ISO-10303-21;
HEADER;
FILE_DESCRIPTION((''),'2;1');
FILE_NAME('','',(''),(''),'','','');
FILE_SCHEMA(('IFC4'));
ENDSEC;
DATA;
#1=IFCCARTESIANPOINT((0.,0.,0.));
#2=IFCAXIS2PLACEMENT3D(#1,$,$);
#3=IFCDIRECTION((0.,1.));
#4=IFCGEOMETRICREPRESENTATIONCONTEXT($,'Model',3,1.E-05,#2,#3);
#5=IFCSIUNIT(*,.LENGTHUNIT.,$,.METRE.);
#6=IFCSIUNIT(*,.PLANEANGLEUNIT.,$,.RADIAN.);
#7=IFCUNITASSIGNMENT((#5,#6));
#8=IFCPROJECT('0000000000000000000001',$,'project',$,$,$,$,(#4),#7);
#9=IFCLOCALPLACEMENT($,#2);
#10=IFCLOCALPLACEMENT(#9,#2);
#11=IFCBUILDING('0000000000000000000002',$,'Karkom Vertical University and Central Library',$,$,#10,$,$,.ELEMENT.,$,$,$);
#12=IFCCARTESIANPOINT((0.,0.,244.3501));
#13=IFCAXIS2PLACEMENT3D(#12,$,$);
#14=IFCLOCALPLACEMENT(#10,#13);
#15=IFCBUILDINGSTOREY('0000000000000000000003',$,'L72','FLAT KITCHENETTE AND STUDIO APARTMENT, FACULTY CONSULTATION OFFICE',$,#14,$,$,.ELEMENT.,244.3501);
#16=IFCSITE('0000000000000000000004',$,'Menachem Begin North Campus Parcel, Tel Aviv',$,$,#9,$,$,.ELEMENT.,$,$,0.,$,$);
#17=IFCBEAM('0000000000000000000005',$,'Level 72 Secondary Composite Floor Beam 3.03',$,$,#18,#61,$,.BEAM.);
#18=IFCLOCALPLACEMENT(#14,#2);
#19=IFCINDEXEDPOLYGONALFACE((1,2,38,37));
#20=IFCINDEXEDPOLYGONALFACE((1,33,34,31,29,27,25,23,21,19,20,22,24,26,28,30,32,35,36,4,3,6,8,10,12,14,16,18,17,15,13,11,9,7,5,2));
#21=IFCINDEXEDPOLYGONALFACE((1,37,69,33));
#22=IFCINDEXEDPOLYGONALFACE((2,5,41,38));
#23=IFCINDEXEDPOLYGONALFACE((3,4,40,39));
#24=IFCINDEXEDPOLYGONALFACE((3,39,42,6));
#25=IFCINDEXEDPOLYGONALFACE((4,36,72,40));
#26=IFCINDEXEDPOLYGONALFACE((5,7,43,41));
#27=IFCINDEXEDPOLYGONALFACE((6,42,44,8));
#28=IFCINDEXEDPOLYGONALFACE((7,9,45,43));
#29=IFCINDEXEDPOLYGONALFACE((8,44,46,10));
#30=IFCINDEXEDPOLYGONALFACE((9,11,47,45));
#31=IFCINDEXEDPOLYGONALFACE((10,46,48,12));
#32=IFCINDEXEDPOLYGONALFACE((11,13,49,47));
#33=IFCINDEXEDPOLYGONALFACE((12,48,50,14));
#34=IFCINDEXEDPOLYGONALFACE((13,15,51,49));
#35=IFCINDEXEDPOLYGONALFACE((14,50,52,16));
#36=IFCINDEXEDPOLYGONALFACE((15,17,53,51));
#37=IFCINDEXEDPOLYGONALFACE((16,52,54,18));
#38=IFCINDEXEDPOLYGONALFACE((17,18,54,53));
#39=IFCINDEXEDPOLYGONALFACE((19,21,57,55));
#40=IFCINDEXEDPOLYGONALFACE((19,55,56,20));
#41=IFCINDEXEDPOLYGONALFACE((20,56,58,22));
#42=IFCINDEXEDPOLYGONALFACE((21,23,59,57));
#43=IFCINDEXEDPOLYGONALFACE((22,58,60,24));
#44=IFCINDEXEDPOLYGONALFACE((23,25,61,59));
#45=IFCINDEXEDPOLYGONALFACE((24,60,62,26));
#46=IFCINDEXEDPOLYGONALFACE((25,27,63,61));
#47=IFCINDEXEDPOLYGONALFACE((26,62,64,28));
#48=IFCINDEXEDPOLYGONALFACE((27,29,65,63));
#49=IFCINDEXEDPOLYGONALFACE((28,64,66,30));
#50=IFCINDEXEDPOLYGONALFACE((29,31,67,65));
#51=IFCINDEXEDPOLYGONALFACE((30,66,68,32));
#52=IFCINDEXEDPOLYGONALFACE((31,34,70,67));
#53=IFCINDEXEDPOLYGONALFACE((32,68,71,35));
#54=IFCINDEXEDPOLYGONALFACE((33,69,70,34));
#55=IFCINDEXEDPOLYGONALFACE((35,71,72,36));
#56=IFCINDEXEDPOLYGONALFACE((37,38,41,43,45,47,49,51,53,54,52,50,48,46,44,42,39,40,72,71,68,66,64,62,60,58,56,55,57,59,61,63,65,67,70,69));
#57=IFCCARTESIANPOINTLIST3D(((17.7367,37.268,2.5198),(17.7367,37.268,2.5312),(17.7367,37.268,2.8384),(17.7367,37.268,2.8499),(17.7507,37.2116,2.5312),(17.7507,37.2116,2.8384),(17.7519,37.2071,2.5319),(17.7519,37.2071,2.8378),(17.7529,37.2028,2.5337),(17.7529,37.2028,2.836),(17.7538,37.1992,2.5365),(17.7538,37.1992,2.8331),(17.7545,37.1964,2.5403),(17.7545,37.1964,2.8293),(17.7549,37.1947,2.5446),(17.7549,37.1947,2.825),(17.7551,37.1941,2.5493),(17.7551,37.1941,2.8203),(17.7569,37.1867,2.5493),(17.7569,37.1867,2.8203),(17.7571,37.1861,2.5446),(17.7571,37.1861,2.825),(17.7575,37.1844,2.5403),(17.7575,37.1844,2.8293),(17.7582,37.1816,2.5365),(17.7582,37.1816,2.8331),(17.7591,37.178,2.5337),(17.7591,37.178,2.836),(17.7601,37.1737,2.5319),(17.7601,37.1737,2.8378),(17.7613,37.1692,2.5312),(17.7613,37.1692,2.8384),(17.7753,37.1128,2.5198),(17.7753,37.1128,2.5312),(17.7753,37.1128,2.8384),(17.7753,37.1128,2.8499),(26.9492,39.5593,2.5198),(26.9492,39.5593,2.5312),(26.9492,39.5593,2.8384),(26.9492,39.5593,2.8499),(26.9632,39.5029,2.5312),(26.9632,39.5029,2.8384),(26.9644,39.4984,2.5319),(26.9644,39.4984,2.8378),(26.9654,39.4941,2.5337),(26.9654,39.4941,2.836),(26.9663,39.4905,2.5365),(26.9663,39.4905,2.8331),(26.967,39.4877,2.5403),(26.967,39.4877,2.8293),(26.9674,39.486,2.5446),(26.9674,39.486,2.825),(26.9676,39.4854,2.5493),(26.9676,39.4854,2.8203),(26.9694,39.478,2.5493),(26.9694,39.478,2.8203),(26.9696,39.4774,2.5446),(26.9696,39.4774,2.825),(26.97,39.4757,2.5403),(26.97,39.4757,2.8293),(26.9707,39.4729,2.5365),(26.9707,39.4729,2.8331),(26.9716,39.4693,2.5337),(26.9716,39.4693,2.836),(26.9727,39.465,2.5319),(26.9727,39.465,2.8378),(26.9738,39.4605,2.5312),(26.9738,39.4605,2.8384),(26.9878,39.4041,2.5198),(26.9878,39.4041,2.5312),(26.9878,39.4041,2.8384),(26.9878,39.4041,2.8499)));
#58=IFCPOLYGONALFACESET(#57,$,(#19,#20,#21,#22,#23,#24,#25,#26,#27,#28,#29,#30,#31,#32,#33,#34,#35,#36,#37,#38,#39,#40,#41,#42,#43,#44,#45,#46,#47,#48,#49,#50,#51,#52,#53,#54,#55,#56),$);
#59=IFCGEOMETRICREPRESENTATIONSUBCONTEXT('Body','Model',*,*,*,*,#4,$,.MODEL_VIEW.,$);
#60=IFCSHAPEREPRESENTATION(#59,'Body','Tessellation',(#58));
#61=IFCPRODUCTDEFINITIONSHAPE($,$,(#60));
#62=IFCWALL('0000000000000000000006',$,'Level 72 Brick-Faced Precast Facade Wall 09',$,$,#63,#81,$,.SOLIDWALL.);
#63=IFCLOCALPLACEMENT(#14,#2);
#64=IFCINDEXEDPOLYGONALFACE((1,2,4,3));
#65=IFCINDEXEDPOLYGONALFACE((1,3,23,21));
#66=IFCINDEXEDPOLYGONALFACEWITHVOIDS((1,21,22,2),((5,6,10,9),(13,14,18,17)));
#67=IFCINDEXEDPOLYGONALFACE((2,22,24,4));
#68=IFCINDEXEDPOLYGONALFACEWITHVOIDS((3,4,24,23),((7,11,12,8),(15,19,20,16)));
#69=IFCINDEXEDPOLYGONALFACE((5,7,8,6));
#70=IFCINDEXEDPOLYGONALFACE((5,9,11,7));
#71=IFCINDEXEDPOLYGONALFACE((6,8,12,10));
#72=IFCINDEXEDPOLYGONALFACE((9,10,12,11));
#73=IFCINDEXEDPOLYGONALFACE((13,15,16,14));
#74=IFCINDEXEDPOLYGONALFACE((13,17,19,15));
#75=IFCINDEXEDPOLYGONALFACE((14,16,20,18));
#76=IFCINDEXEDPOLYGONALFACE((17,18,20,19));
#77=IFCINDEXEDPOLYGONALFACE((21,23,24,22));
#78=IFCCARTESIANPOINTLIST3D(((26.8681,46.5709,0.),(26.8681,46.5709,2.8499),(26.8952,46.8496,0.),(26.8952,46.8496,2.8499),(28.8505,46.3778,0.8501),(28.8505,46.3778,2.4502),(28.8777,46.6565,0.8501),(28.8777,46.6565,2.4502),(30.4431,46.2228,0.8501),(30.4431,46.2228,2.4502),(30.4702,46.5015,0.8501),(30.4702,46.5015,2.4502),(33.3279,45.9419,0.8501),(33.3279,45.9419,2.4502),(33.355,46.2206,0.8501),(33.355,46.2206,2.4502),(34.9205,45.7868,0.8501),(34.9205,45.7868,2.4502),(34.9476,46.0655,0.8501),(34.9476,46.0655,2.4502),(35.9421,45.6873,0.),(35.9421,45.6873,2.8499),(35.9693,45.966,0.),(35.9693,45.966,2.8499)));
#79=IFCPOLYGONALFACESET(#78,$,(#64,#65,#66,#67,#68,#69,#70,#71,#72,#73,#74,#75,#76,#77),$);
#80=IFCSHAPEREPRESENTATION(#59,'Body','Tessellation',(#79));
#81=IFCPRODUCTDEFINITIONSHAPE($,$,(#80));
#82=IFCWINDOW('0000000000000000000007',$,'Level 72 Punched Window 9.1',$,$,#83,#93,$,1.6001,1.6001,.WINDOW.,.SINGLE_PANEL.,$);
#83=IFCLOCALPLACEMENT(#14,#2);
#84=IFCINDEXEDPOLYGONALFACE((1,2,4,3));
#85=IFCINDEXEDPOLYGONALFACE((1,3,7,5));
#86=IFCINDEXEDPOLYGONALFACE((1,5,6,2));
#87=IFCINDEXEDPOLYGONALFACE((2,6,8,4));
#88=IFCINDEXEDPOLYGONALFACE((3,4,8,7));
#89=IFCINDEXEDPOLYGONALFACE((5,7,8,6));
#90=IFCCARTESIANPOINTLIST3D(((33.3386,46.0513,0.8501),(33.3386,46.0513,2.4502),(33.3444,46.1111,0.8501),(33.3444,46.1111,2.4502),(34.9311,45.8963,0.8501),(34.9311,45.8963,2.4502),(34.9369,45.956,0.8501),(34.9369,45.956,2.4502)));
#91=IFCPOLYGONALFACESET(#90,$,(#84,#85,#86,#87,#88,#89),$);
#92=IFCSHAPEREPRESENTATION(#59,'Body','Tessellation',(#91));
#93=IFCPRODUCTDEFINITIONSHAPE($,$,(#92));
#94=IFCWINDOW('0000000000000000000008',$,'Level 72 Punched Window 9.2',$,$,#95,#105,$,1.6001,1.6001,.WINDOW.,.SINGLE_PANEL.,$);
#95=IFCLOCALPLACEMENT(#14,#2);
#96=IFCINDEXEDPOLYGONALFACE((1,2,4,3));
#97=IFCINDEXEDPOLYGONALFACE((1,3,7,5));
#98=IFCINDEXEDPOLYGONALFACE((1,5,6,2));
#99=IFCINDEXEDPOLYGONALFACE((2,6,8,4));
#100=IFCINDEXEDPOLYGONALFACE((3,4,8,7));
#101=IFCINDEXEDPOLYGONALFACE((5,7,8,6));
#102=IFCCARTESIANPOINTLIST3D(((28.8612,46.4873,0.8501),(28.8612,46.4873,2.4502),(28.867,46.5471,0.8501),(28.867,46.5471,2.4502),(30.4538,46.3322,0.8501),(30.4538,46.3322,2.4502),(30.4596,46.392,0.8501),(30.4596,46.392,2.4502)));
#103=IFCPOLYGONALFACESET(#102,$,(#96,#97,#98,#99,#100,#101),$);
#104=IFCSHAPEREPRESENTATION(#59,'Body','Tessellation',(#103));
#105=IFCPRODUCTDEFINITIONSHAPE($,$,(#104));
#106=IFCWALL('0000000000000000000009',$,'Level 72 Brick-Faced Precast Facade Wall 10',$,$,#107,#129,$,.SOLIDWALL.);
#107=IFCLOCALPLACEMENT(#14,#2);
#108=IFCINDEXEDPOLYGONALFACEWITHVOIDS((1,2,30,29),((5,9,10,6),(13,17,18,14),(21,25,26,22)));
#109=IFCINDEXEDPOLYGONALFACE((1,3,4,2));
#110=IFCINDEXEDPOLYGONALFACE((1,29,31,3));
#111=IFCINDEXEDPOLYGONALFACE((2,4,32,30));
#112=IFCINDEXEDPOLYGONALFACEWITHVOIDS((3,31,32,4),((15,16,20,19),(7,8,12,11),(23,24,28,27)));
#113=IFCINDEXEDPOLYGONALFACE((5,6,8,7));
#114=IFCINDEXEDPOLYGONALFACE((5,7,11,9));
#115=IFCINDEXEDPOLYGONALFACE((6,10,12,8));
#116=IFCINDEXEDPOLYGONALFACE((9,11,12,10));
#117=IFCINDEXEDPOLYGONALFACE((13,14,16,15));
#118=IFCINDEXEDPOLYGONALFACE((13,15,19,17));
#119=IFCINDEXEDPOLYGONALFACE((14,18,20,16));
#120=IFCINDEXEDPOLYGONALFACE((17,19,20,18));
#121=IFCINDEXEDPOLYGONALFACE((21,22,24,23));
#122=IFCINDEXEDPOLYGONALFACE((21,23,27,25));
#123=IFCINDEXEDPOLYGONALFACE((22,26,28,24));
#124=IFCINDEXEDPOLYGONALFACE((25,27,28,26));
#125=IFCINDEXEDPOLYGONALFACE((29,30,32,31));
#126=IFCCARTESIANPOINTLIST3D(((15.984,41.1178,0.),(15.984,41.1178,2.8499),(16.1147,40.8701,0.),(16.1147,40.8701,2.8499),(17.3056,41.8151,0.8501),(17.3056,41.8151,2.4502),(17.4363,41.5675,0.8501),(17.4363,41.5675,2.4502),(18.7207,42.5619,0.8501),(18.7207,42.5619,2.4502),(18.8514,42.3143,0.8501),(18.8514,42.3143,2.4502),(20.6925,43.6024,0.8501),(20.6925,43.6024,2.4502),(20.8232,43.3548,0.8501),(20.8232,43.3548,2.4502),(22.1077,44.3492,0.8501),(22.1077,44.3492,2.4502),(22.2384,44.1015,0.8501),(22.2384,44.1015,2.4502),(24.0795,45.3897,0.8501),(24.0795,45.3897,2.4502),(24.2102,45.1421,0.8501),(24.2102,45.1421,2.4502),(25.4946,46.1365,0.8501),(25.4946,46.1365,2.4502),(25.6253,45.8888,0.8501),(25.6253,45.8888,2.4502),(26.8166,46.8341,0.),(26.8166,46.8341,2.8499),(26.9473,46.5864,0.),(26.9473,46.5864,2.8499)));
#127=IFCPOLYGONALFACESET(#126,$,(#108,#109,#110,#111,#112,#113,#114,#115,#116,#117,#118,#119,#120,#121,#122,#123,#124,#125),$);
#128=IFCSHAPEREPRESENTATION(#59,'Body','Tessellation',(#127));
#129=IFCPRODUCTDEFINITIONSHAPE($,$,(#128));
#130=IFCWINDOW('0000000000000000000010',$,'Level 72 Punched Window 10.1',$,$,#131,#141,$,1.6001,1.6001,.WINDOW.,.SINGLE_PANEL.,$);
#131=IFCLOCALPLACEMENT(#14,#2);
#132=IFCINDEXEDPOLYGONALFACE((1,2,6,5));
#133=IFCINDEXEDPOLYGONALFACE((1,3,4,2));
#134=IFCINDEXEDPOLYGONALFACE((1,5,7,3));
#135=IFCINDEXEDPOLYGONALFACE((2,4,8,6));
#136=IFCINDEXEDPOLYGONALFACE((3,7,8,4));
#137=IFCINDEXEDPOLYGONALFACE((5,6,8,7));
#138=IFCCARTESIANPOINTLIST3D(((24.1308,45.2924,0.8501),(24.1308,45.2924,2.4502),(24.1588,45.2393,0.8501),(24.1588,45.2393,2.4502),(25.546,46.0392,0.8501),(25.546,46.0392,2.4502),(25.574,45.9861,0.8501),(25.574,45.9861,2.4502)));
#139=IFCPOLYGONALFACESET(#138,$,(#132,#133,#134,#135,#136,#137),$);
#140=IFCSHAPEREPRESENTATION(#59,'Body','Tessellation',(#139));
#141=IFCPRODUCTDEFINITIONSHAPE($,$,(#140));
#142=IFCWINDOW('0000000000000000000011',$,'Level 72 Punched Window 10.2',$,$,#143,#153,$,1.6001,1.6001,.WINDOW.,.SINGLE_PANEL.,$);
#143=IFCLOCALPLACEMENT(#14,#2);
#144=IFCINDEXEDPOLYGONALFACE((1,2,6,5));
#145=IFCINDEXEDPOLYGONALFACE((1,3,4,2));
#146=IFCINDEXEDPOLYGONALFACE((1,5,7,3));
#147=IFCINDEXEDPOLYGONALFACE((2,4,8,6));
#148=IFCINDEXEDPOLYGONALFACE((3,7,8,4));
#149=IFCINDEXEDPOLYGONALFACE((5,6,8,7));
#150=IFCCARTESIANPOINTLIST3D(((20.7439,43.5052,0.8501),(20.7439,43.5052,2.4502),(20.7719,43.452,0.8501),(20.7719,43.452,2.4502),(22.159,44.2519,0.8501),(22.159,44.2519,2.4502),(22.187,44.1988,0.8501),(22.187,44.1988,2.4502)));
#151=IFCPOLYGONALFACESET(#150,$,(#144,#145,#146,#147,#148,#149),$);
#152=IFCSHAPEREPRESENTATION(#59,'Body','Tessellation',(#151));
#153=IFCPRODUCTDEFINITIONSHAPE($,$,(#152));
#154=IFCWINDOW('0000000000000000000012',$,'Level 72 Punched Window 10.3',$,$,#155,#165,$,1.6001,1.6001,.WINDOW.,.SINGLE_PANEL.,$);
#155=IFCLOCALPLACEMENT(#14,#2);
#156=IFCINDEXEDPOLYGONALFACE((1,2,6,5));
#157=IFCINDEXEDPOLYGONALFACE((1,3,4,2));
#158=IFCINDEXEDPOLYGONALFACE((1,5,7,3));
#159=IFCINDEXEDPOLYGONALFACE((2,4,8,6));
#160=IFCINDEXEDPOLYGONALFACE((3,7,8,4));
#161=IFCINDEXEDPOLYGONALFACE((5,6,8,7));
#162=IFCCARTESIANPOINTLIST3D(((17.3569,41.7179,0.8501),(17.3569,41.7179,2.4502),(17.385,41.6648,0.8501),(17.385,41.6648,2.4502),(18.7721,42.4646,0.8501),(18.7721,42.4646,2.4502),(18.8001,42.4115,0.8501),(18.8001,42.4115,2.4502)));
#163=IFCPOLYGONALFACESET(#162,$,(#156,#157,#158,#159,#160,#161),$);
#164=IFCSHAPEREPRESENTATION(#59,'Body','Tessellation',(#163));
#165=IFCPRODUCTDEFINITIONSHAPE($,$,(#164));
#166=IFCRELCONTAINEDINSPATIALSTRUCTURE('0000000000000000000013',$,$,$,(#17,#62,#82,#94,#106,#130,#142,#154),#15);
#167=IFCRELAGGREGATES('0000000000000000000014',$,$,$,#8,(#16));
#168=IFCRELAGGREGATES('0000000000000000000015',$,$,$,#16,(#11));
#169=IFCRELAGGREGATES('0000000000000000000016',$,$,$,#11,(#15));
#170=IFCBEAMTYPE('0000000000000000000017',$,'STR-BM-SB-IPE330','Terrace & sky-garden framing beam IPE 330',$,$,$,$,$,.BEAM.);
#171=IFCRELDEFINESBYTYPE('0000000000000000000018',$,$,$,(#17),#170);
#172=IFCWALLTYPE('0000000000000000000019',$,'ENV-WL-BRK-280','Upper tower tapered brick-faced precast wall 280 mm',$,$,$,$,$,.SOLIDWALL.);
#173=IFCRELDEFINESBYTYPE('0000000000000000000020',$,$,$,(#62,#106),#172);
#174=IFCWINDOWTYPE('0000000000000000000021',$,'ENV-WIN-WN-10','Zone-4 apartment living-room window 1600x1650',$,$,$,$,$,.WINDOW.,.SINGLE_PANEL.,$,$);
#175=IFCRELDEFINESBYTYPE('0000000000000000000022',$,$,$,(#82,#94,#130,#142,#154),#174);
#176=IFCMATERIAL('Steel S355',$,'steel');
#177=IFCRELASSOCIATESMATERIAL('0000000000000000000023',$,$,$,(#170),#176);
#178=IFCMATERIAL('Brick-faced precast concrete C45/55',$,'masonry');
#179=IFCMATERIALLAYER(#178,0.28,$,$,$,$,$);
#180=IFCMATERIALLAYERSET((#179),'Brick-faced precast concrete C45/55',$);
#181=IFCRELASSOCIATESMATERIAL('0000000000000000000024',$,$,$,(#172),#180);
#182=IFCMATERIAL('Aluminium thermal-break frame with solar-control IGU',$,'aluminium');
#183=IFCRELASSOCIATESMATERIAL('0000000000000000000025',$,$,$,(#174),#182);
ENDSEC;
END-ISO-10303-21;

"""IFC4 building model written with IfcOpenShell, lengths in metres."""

from ifc_helpers import new_model, si_unit, direction, frame, frame_2d, origin, origin_with_axes, origin_2d, place, context, subcontext, project, spatial, rectangle, i_section, extrude, source, transform, mapped, material, layer, layer_set, material_profile, profile_set, type_object, element, fill, save


model = new_model("IFC4")

# Units and contexts
model_context = context("Model", 3, precision=1e-05, world=origin(), true_north=direction((0.0, 1.0)))
body_context = subcontext(model_context, "Body", "Model", "MODEL_VIEW")
ifc_project = project(units=[si_unit("LENGTHUNIT", "METRE"), si_unit("PLANEANGLEUNIT", "RADIAN")], contexts=[model_context])

# Site, building, storey
site_placement = place(None, origin())
site = spatial("IfcSite", under=ifc_project, at=site_placement, Name="Menachem Begin North Campus Parcel, Tel Aviv", CompositionType="ELEMENT", RefElevation=0.0)
building_placement = place(site_placement, origin())
building = spatial("IfcBuilding", under=site, at=building_placement, Name="Karkom Vertical University and Central Library", CompositionType="ELEMENT")
storey_placement = place(building_placement, frame((0.0, 0.0, 244.3501)))
storey = spatial("IfcBuildingStorey", under=building, at=storey_placement, Name="L72", Description="FLAT KITCHENETTE AND STUDIO APARTMENT, FACULTY CONSULTATION OFFICE", CompositionType="ELEMENT", Elevation=244.3501)

# Beam
ifc_material_1 = material(Name="Steel S355", Category="steel")
ifc_material_profile_1 = material_profile(ifc_material_1, i_section(OverallWidth=0.1599, OverallDepth=0.3301, WebThickness=0.0076, FlangeThickness=0.0115, FilletRadius=0.0181, at=origin_2d()), Name="IPE 330")
ifc_profile_set_1 = profile_set([ifc_material_profile_1], Name="Steel S355")
beam_type_1 = type_object("IfcBeamType", Name="STR-BM-SB-IPE330", Description="Terrace & sky-garden framing beam IPE 330", PredefinedType="BEAM", material=ifc_profile_set_1)
shared_shape_1 = source(origin_with_axes(), body_context, "Body", "SweptSolid", [
    extrude(i_section(OverallWidth=0.1599, OverallDepth=0.3301, WebThickness=0.0076, FlangeThickness=0.0115, FilletRadius=0.0181, at=origin_2d()), origin(), (0.0, 0.0, 1.0), 9.4932),
])
beam_1_placement = place(storey_placement, frame((26.9685, 39.4817, 2.6848), z_axis=(-0.970435, -0.241362, 0.0), x_axis=(0.241362, -0.970435, 0.0)))
element("IfcBeam", 1, at=beam_1_placement, inside=storey, type_object=beam_type_1, Name="Level 72 Secondary Composite Floor Beam 3.03", PredefinedType="BEAM", context=body_context, shape_type="MappedRepresentation", body=[
    mapped(shared_shape_1, transform((0.0, 0.0, 0.0), scale=1.0)),
])

# Walls, openings, windows
ifc_material_2 = material(Name="Brick-faced precast concrete C45/55", Category="masonry")
ifc_layer_1 = layer(ifc_material_2, 0.28)
ifc_layer_set_1 = layer_set([ifc_layer_1], Name="Brick-faced precast concrete C45/55")
wall_type_1 = type_object("IfcWallType", Name="ENV-WL-BRK-280", Description="Upper tower tapered brick-faced precast wall 280 mm", PredefinedType="SOLIDWALL", material=ifc_layer_set_1)
wall_1_placement = place(storey_placement, frame((35.9558, 45.8267, 0.0), z_axis=(0.0, 0.0, 1.0), x_axis=(-0.995293, 0.096913, 0.0)))
wall_1 = element("IfcWall", 2, at=wall_1_placement, inside=storey, type_object=wall_type_1, Name="Level 72 Brick-Faced Precast Facade Wall 09", PredefinedType="SOLIDWALL", context=body_context, shape_type="SweptSolid", body=[
    extrude(rectangle(XDim=9.1169, YDim=0.28, at=frame_2d((4.5586, 0.0))), origin(), (0.0, 0.0, 1.0), 2.8499),
])
opening_1_placement = place(wall_1_placement, frame((1.0266, 0.0, 0.8501)))
opening_1 = element("IfcOpeningElement", 3, at=opening_1_placement, cuts=wall_1, PredefinedType="OPENING", context=body_context, shape_type="SweptSolid", body=[
    extrude(rectangle(XDim=1.6001, YDim=1.6001, at=frame_2d((0.8, 0.8))), frame((0.0, 0.1499, 0.0), z_axis=(0.0, -1.0, 0.0), x_axis=(1.0, 0.0, 0.0)), (0.0, 0.0, 1.0), 0.3),
])
opening_2_placement = place(wall_1_placement, frame((5.5251, 0.0, 0.8501)))
opening_2 = element("IfcOpeningElement", 4, at=opening_2_placement, cuts=wall_1, PredefinedType="OPENING", context=body_context, shape_type="SweptSolid", body=[
    extrude(rectangle(XDim=1.6001, YDim=1.6001, at=frame_2d((0.8, 0.8))), frame((0.0, 0.1499, 0.0), z_axis=(0.0, -1.0, 0.0), x_axis=(1.0, 0.0, 0.0)), (0.0, 0.0, 1.0), 0.3),
])
ifc_material_3 = material(Name="Aluminium thermal-break frame with solar-control IGU", Category="aluminium")
window_type = type_object("IfcWindowType", Name="ENV-WIN-WN-10", Description="Zone-4 apartment living-room window 1600x1650", PartitioningType="SINGLE_PANEL", PredefinedType="WINDOW", material=ifc_material_3)
shared_shape_2 = source(origin_with_axes(), body_context, "Body", "SweptSolid", [
    extrude(rectangle(XDim=1.6001, YDim=1.6001, at=frame_2d((0.8, 0.8))), frame((0.0, 0.03, 0.0), z_axis=(0.0, -1.0, 0.0), x_axis=(1.0, 0.0, 0.0)), (0.0, 0.0, 1.0), 0.0601),
])
window_1_placement = place(opening_1_placement, origin())
window_1 = element("IfcWindow", 5, at=window_1_placement, inside=storey, type_object=window_type, Name="Level 72 Punched Window 9.1", OverallHeight=1.6001, OverallWidth=1.6001, PartitioningType="SINGLE_PANEL", PredefinedType="WINDOW", context=body_context, shape_type="MappedRepresentation", body=[
    mapped(shared_shape_2, transform((0.0, 0.0, 0.0), scale=1.0)),
])
fill(opening_1, window_1)
window_2_placement = place(opening_2_placement, origin())
window_2 = element("IfcWindow", 6, at=window_2_placement, inside=storey, type_object=window_type, Name="Level 72 Punched Window 9.2", OverallHeight=1.6001, OverallWidth=1.6001, PartitioningType="SINGLE_PANEL", PredefinedType="WINDOW", context=body_context, shape_type="MappedRepresentation", body=[
    mapped(shared_shape_2, transform((0.0, 0.0, 0.0), scale=1.0)),
])
fill(opening_2, window_2)
wall_2_placement = place(storey_placement, frame((26.8818, 46.7102, 0.0), z_axis=(0.0, 0.0, 1.0), x_axis=(-0.884414, -0.466704, 0.0)))
wall_2 = element("IfcWall", 7, at=wall_2_placement, inside=storey, type_object=wall_type_1, Name="Level 72 Brick-Faced Precast Facade Wall 10", PredefinedType="SOLIDWALL", context=body_context, shape_type="SweptSolid", body=[
    extrude(rectangle(XDim=12.2483, YDim=0.28, at=frame_2d((6.124, 0.0))), origin(), (0.0, 0.0, 1.0), 2.8499),
])
opening_3_placement = place(wall_2_placement, frame((1.4946, 0.0, 0.8501)))
opening_3 = element("IfcOpeningElement", 8, at=opening_3_placement, cuts=wall_2, PredefinedType="OPENING", context=body_context, shape_type="SweptSolid", body=[
    extrude(rectangle(XDim=1.6001, YDim=1.6001, at=frame_2d((0.8, 0.8))), frame((0.0, 0.1499, 0.0), z_axis=(0.0, -1.0, 0.0), x_axis=(1.0, 0.0, 0.0)), (0.0, 0.0, 1.0), 0.3),
])
opening_4_placement = place(wall_2_placement, frame((5.3242, 0.0, 0.8501)))
opening_4 = element("IfcOpeningElement", 9, at=opening_4_placement, cuts=wall_2, PredefinedType="OPENING", context=body_context, shape_type="SweptSolid", body=[
    extrude(rectangle(XDim=1.6001, YDim=1.6001, at=frame_2d((0.8, 0.8))), frame((0.0, 0.1499, 0.0), z_axis=(0.0, -1.0, 0.0), x_axis=(1.0, 0.0, 0.0)), (0.0, 0.0, 1.0), 0.3),
])
opening_5_placement = place(wall_2_placement, frame((9.1538, 0.0, 0.8501)))
opening_5 = element("IfcOpeningElement", 10, at=opening_5_placement, cuts=wall_2, PredefinedType="OPENING", context=body_context, shape_type="SweptSolid", body=[
    extrude(rectangle(XDim=1.6001, YDim=1.6001, at=frame_2d((0.8, 0.8))), frame((0.0, 0.1499, 0.0), z_axis=(0.0, -1.0, 0.0), x_axis=(1.0, 0.0, 0.0)), (0.0, 0.0, 1.0), 0.3),
])
window_3_placement = place(opening_3_placement, origin())
window_3 = element("IfcWindow", 11, at=window_3_placement, inside=storey, type_object=window_type, Name="Level 72 Punched Window 10.1", OverallHeight=1.6001, OverallWidth=1.6001, PartitioningType="SINGLE_PANEL", PredefinedType="WINDOW", context=body_context, shape_type="MappedRepresentation", body=[
    mapped(shared_shape_2, transform((0.0, 0.0, 0.0), scale=1.0)),
])
fill(opening_3, window_3)
window_4_placement = place(opening_4_placement, origin())
window_4 = element("IfcWindow", 12, at=window_4_placement, inside=storey, type_object=window_type, Name="Level 72 Punched Window 10.2", OverallHeight=1.6001, OverallWidth=1.6001, PartitioningType="SINGLE_PANEL", PredefinedType="WINDOW", context=body_context, shape_type="MappedRepresentation", body=[
    mapped(shared_shape_2, transform((0.0, 0.0, 0.0), scale=1.0)),
])
fill(opening_4, window_4)
window_5_placement = place(opening_5_placement, origin())
window_5 = element("IfcWindow", 13, at=window_5_placement, inside=storey, type_object=window_type, Name="Level 72 Punched Window 10.3", OverallHeight=1.6001, OverallWidth=1.6001, PartitioningType="SINGLE_PANEL", PredefinedType="WINDOW", context=body_context, shape_type="MappedRepresentation", body=[
    mapped(shared_shape_2, transform((0.0, 0.0, 0.0), scale=1.0)),
])
fill(opening_5, window_5)

save(model, "model.ifc")
